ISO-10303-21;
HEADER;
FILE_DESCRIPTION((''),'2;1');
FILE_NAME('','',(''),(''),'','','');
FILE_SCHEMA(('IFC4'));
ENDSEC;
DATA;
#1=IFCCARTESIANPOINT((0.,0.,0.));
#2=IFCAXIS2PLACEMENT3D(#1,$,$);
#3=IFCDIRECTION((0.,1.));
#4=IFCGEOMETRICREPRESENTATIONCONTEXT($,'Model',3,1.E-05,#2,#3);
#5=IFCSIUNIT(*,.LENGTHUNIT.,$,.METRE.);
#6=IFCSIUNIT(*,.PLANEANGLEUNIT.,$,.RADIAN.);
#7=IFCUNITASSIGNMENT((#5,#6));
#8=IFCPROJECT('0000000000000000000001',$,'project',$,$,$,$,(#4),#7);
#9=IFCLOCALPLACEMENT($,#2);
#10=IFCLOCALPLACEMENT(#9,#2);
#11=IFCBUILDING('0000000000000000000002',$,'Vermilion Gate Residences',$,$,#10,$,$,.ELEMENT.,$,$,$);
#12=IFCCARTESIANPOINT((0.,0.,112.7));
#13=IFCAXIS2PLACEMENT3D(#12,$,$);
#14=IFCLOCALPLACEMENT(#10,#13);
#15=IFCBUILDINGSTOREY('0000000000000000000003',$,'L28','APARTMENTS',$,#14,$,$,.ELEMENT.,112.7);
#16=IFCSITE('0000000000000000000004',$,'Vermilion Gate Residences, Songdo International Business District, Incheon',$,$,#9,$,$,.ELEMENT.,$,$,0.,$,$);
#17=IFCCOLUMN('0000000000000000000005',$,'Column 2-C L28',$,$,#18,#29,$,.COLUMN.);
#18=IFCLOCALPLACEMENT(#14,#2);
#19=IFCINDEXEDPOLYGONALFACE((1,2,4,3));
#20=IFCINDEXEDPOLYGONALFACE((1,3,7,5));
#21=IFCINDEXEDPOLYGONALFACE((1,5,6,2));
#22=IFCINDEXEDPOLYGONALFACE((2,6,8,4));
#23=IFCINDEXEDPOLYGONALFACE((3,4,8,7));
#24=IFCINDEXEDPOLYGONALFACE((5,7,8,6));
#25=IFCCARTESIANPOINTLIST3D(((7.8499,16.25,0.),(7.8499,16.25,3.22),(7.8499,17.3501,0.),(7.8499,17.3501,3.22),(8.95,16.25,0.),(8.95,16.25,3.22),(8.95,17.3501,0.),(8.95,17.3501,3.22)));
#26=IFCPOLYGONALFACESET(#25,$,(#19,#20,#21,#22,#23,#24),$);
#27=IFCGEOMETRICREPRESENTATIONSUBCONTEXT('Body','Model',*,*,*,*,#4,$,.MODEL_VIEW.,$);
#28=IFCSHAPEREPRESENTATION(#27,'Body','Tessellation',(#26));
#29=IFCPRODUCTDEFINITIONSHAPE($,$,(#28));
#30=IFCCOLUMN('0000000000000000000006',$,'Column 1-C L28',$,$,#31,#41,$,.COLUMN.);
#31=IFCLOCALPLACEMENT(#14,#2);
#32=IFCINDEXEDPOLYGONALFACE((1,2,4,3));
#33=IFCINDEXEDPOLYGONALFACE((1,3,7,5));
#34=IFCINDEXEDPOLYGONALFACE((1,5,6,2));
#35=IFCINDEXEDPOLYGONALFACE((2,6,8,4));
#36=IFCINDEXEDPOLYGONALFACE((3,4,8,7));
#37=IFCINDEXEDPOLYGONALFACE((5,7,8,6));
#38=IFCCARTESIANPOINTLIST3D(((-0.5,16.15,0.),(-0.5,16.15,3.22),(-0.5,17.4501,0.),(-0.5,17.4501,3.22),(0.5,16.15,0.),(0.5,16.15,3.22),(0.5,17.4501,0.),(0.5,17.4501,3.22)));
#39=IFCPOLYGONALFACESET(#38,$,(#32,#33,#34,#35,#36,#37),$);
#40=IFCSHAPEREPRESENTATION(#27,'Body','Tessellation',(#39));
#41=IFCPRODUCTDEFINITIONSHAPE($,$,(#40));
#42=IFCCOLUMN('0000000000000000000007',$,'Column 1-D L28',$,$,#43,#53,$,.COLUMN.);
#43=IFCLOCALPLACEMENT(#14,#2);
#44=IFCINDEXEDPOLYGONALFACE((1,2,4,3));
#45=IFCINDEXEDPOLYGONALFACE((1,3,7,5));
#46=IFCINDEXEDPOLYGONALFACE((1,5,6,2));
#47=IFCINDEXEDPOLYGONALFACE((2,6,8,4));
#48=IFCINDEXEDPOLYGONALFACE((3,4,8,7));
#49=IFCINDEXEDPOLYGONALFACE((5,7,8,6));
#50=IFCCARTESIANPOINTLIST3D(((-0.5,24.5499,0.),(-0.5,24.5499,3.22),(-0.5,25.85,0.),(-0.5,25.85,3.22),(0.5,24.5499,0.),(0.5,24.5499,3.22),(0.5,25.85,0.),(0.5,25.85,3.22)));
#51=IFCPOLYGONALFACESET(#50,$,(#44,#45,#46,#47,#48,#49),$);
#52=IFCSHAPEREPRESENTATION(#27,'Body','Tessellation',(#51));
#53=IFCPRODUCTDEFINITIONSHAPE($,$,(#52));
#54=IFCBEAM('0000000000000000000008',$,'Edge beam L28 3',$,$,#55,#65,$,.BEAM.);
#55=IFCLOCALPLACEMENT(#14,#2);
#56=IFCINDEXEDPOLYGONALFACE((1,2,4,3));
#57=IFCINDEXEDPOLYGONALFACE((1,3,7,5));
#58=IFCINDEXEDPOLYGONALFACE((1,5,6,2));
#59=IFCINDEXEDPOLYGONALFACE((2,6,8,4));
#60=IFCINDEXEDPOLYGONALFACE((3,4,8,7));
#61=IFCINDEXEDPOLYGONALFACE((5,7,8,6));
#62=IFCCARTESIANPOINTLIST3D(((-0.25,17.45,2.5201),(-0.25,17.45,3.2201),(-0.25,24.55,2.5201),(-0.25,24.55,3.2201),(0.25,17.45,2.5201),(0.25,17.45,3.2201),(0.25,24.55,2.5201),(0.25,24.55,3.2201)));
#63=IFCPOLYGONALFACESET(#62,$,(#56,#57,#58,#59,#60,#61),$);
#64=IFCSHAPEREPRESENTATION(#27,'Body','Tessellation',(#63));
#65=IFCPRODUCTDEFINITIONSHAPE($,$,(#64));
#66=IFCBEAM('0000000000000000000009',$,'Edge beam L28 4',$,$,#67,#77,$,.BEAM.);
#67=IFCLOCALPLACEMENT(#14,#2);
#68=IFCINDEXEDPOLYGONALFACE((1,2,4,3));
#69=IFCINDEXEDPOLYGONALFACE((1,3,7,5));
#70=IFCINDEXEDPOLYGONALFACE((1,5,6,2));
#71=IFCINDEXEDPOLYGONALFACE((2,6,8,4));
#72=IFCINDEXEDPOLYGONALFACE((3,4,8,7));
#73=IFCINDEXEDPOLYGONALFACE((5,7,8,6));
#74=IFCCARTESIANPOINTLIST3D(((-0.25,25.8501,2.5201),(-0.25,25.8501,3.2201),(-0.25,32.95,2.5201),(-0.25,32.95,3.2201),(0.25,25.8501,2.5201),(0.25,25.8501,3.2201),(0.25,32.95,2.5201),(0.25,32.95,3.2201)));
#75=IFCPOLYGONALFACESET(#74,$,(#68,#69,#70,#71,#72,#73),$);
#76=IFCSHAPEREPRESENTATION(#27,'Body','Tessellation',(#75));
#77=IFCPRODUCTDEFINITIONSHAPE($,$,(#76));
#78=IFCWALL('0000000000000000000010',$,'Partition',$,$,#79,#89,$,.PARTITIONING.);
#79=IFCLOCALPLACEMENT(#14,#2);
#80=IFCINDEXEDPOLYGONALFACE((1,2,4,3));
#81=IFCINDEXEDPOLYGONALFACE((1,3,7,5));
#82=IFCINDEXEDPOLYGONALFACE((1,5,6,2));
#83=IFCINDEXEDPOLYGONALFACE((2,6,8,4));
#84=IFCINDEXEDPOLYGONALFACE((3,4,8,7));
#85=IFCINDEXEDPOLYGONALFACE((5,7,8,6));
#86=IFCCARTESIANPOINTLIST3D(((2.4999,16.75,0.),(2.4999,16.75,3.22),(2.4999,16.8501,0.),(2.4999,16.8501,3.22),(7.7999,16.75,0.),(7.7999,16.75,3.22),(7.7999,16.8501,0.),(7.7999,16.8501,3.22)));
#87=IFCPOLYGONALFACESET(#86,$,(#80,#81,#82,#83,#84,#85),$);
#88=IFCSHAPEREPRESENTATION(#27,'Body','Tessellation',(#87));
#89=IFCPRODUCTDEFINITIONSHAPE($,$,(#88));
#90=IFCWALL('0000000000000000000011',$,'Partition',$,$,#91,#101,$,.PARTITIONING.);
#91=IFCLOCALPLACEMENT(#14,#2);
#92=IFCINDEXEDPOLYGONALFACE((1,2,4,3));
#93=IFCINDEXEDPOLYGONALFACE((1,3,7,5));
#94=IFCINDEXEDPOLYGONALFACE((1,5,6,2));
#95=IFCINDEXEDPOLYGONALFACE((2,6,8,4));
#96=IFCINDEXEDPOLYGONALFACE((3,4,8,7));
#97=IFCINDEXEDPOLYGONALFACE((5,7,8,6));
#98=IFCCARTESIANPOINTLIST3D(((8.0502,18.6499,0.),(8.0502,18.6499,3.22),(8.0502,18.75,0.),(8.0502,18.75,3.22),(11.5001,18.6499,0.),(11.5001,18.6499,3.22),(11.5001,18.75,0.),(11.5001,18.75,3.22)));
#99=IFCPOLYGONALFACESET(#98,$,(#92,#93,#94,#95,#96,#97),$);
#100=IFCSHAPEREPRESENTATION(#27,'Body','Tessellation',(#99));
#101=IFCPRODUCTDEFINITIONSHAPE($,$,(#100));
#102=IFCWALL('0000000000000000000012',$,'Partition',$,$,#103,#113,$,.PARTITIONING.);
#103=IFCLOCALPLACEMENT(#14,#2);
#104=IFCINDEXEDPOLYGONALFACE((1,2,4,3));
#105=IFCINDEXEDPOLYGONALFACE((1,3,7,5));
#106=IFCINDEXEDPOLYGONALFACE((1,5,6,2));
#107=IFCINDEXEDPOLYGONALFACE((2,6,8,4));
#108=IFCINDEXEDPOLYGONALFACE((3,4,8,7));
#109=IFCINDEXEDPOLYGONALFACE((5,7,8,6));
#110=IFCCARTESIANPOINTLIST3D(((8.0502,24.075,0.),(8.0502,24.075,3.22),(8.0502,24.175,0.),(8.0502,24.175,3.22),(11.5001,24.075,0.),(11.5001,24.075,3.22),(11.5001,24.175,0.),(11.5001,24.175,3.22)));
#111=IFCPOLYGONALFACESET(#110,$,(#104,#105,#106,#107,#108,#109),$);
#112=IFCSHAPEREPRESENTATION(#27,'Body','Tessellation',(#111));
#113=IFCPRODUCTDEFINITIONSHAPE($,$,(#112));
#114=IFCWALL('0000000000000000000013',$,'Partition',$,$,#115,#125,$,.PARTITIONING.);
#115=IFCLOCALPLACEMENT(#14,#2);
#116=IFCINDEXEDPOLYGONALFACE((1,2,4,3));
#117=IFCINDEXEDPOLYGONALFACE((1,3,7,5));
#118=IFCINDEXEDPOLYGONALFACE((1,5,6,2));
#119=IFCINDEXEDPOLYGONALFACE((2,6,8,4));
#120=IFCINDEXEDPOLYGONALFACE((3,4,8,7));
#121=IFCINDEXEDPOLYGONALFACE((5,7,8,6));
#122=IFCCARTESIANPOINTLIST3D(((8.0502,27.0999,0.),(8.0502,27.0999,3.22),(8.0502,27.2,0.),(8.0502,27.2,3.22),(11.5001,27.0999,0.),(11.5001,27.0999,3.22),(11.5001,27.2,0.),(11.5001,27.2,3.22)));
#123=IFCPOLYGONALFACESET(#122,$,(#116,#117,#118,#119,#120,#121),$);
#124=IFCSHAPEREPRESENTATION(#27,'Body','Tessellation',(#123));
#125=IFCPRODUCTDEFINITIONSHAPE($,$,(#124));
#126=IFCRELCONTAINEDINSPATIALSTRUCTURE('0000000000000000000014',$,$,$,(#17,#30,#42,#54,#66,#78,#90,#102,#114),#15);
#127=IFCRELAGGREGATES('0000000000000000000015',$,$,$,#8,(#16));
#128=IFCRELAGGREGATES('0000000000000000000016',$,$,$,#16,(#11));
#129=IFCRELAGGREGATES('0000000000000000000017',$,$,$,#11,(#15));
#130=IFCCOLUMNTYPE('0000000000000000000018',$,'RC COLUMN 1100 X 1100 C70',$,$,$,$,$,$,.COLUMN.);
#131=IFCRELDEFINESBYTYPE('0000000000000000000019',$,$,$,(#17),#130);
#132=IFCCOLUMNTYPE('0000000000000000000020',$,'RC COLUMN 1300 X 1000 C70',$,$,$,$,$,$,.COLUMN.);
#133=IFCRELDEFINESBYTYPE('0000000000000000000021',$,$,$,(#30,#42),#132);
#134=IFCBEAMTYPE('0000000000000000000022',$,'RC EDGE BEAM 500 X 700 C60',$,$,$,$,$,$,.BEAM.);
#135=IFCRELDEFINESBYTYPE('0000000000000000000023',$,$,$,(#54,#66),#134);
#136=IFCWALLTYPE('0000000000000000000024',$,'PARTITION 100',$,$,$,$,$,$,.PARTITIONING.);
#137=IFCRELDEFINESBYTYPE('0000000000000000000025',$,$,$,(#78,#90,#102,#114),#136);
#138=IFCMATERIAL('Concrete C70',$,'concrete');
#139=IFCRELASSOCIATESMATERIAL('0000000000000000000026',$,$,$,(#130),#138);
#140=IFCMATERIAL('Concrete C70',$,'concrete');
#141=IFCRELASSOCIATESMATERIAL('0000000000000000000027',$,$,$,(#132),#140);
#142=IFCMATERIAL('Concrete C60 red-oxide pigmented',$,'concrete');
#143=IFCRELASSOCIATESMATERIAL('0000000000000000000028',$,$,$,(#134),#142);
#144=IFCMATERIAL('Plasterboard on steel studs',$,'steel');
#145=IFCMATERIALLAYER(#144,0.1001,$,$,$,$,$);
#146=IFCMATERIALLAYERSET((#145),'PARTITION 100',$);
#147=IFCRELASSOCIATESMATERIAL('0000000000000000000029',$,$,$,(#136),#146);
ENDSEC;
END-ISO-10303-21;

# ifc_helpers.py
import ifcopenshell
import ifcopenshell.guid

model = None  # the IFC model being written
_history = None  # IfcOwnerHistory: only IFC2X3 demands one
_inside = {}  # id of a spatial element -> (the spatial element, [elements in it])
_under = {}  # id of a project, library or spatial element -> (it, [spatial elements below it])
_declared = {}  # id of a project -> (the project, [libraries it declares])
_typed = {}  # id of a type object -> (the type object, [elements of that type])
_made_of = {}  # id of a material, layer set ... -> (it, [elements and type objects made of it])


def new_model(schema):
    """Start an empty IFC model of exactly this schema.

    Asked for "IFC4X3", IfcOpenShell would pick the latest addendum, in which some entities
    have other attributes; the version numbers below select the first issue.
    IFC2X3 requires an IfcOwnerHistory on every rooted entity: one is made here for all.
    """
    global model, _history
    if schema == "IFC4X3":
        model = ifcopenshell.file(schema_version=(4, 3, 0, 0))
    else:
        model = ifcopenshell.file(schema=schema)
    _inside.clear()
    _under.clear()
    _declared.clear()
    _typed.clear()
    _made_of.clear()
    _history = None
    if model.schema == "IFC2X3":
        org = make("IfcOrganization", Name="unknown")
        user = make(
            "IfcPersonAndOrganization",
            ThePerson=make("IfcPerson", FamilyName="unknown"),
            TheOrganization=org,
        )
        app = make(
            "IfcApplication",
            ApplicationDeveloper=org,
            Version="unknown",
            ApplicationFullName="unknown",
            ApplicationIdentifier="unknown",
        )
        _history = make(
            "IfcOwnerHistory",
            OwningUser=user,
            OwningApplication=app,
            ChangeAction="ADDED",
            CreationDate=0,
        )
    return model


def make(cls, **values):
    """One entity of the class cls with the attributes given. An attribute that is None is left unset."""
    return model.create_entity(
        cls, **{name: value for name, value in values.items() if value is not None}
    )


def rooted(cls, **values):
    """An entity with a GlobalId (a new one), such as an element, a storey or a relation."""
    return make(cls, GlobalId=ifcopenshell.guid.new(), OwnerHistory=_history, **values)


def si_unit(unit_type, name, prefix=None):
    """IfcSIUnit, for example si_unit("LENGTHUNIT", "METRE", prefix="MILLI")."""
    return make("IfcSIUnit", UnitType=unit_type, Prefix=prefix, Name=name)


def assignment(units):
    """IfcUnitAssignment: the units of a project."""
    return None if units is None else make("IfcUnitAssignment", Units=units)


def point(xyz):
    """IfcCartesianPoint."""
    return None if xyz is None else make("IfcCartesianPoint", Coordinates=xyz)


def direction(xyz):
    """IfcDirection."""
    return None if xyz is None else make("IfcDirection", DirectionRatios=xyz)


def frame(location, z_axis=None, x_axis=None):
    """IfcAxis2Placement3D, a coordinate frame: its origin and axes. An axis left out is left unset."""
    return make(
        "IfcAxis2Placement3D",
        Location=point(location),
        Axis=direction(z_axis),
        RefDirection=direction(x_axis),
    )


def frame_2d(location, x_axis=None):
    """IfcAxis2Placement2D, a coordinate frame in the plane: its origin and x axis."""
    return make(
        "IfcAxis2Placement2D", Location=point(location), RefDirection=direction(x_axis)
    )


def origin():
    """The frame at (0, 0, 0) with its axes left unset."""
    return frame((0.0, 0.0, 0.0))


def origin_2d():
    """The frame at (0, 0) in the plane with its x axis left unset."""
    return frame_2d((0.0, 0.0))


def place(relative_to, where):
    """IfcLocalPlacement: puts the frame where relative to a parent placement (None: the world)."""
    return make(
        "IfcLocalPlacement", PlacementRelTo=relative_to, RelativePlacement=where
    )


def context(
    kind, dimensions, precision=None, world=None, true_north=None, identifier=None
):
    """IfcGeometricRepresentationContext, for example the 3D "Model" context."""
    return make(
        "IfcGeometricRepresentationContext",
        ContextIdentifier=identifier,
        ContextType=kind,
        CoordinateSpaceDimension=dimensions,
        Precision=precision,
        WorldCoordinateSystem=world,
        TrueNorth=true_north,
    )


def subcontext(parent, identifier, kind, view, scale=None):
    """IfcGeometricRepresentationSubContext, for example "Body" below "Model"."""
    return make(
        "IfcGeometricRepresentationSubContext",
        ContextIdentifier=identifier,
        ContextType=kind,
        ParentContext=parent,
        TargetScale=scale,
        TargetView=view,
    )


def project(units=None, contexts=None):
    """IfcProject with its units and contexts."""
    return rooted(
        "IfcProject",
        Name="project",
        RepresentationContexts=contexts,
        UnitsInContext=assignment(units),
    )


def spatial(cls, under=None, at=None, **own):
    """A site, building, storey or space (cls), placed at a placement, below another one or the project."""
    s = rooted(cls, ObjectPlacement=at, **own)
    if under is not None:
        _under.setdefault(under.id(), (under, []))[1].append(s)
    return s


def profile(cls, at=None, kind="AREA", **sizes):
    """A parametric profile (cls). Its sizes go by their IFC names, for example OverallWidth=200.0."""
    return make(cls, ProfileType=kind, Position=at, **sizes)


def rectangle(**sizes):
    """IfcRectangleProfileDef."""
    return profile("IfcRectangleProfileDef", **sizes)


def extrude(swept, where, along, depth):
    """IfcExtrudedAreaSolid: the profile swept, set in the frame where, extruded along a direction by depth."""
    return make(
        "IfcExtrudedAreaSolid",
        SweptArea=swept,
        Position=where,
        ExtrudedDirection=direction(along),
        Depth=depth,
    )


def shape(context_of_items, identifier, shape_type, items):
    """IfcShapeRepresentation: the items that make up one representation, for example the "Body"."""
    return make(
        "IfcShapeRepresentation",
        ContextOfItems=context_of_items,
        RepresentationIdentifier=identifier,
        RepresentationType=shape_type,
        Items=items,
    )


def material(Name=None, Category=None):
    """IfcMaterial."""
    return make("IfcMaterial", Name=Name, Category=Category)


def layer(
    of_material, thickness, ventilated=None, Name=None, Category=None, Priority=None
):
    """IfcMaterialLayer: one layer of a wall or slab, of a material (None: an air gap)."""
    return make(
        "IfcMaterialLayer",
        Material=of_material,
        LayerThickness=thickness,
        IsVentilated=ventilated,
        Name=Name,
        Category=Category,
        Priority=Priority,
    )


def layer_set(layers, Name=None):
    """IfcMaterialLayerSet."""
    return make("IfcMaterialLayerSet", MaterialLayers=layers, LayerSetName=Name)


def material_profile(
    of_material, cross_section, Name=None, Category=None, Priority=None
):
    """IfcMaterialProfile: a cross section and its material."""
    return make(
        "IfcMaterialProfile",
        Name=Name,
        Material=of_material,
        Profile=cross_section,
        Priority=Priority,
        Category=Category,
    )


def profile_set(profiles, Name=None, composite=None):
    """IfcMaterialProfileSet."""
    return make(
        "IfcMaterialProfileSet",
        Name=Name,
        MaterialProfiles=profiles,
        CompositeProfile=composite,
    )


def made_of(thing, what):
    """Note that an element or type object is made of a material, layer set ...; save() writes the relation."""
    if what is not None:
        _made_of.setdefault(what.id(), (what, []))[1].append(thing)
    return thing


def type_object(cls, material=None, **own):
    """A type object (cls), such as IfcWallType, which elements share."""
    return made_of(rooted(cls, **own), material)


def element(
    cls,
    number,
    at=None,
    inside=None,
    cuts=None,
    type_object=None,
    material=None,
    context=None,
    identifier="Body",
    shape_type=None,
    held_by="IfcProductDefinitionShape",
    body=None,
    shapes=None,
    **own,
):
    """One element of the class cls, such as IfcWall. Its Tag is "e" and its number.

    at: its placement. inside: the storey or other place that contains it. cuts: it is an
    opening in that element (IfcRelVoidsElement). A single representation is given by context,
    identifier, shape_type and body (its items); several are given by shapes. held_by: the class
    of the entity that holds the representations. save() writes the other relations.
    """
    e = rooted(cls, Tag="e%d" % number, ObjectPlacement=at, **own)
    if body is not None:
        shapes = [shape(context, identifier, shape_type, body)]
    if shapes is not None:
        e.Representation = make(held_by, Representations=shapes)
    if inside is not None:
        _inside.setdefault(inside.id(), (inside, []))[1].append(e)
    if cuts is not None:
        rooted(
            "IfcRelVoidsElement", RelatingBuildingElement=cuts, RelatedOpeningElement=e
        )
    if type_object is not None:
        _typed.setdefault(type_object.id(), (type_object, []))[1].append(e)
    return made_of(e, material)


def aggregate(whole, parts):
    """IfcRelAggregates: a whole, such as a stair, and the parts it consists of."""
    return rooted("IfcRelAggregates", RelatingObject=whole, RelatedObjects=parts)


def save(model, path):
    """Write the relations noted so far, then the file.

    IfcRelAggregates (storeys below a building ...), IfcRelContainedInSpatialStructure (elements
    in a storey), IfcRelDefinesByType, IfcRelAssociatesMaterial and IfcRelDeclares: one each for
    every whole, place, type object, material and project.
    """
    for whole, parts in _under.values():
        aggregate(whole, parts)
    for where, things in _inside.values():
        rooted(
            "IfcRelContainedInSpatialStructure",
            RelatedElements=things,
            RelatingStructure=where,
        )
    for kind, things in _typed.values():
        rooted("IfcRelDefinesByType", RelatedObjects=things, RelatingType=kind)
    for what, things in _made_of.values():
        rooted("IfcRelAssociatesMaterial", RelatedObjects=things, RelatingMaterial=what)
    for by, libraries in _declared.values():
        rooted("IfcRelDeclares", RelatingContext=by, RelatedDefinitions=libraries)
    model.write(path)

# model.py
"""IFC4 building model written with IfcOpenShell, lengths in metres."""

from ifc_helpers import new_model, si_unit, direction, frame, frame_2d, origin, origin_2d, place, context, subcontext, project, spatial, rectangle, extrude, material, layer, layer_set, material_profile, profile_set, type_object, element, save


model = new_model("IFC4")

# Units and contexts
model_context = context("Model", 3, precision=1e-05, world=origin(), true_north=direction((0.0, 1.0)))
body_context = subcontext(model_context, "Body", "Model", "MODEL_VIEW")
ifc_project = project(units=[si_unit("LENGTHUNIT", "METRE"), si_unit("PLANEANGLEUNIT", "RADIAN")], contexts=[model_context])

# Site, building, storey
site_placement = place(None, origin())
site = spatial("IfcSite", under=ifc_project, at=site_placement, Name="Vermilion Gate Residences, Songdo International Business District, Incheon", CompositionType="ELEMENT", RefElevation=0.0)
building_placement = place(site_placement, origin())
building = spatial("IfcBuilding", under=site, at=building_placement, Name="Vermilion Gate Residences", CompositionType="ELEMENT")
storey_placement = place(building_placement, frame((0.0, 0.0, 112.7)))
storey = spatial("IfcBuildingStorey", under=building, at=storey_placement, Name="L28", Description="APARTMENTS", CompositionType="ELEMENT", Elevation=112.7)

# Columns
ifc_material_1 = material(Name="Concrete C70", Category="concrete")
ifc_material_profile_1 = material_profile(ifc_material_1, rectangle(XDim=1.1001, YDim=1.1001, at=origin_2d()), Name="RC-1100x1100")
ifc_profile_set_1 = profile_set([ifc_material_profile_1], Name="Concrete C70")
column_type_1 = type_object("IfcColumnType", Name="RC COLUMN 1100 X 1100 C70", PredefinedType="COLUMN", material=ifc_profile_set_1)
column_placement = place(storey_placement, frame((8.3999, 16.8, 0.0), z_axis=(0.0, 0.0, 1.0), x_axis=(1.0, 0.0, 0.0)))
element("IfcColumn", 1, at=column_placement, inside=storey, type_object=column_type_1, Name="Column 2-C L28", PredefinedType="COLUMN", context=body_context, shape_type="SweptSolid", body=[
    extrude(rectangle(XDim=1.1001, YDim=1.1001, at=origin_2d()), origin(), (0.0, 0.0, 1.0), 3.22),
])
ifc_material_2 = material(Name="Concrete C70", Category="concrete")
ifc_material_profile_2 = material_profile(ifc_material_2, rectangle(XDim=1.3, YDim=1.0, at=origin_2d()), Name="RC-1300x1000")
ifc_profile_set_2 = profile_set([ifc_material_profile_2], Name="Concrete C70")
column_type_2 = type_object("IfcColumnType", Name="RC COLUMN 1300 X 1000 C70", PredefinedType="COLUMN", material=ifc_profile_set_2)
for number, where, z_axis, x_axis, name in (
    (2, (0.0, 16.8, 0.0), (0.0, 0.0, 1.0), (0.0, 1.0, 0.0), "Column 1-C L28"),
    (3, (0.0, 25.2, 0.0), (0.0, 0.0, 1.0), (0.0, 1.0, 0.0), "Column 1-D L28"),
):
    element("IfcColumn", number, at=place(storey_placement, frame(where, z_axis=z_axis, x_axis=x_axis)), inside=storey, type_object=column_type_2, Name=name, PredefinedType="COLUMN", context=body_context, shape_type="SweptSolid", body=[
        extrude(rectangle(XDim=1.3, YDim=1.0, at=origin_2d()), origin(), (0.0, 0.0, 1.0), 3.22),
    ])

# Beams
ifc_material_3 = material(Name="Concrete C60 red-oxide pigmented", Category="concrete")
ifc_material_profile_3 = material_profile(ifc_material_3, rectangle(XDim=0.5, YDim=0.7, at=origin_2d()), Name="RC-500x700")
ifc_profile_set_3 = profile_set([ifc_material_profile_3], Name="Concrete C60 red-oxide pigmented")
beam_type = type_object("IfcBeamType", Name="RC EDGE BEAM 500 X 700 C60", PredefinedType="BEAM", material=ifc_profile_set_3)
beam_1_placement = place(storey_placement, frame((0.0, 17.45, 2.8701), z_axis=(0.0, 1.0, 0.0), x_axis=(-1.0, 0.0, 0.0)))
element("IfcBeam", 4, at=beam_1_placement, inside=storey, type_object=beam_type, Name="Edge beam L28 3", PredefinedType="BEAM", context=body_context, shape_type="SweptSolid", body=[
    extrude(rectangle(XDim=0.5, YDim=0.7, at=origin_2d()), origin(), (0.0, 0.0, 1.0), 7.1001),
])
beam_2_placement = place(storey_placement, frame((0.0, 25.8501, 2.8701), z_axis=(0.0, 1.0, 0.0), x_axis=(-1.0, 0.0, 0.0)))
element("IfcBeam", 5, at=beam_2_placement, inside=storey, type_object=beam_type, Name="Edge beam L28 4", PredefinedType="BEAM", context=body_context, shape_type="SweptSolid", body=[
    extrude(rectangle(XDim=0.5, YDim=0.7, at=origin_2d()), origin(), (0.0, 0.0, 1.0), 7.0999),
])

# Walls
ifc_material_4 = material(Name="Plasterboard on steel studs", Category="steel")
ifc_layer_1 = layer(ifc_material_4, 0.1001)
ifc_layer_set_1 = layer_set([ifc_layer_1], Name="PARTITION 100")
wall_type_1 = type_object("IfcWallType", Name="PARTITION 100", PredefinedType="PARTITIONING", material=ifc_layer_set_1)
wall_1_placement = place(storey_placement, frame((2.5, 16.8, 0.0), z_axis=(0.0, 0.0, 1.0), x_axis=(1.0, 0.0, 0.0)))
element("IfcWall", 6, at=wall_1_placement, inside=storey, type_object=wall_type_1, Name="Partition", PredefinedType="PARTITIONING", context=body_context, shape_type="SweptSolid", body=[
    extrude(rectangle(XDim=5.3, YDim=0.1001, at=frame_2d((2.6499, 0.0))), origin(), (0.0, 0.0, 1.0), 3.22),
])
for number, where, z_axis, x_axis, name in (
    (7, (8.05, 18.7, 0.0), (0.0, 0.0, 1.0), (1.0, 0.0, 0.0), "Partition"),
    (8, (8.05, 24.125, 0.0), (0.0, 0.0, 1.0), (1.0, 0.0, 0.0), "Partition"),
    (9, (8.05, 27.1499, 0.0), (0.0, 0.0, 1.0), (1.0, 0.0, 0.0), "Partition"),
):
    element("IfcWall", number, at=place(storey_placement, frame(where, z_axis=z_axis, x_axis=x_axis)), inside=storey, type_object=wall_type_1, Name=name, PredefinedType="PARTITIONING", context=body_context, shape_type="SweptSolid", body=[
        extrude(rectangle(XDim=3.45, YDim=0.1001, at=frame_2d((1.7251, 0.0))), origin(), (0.0, 0.0, 1.0), 3.22),
    ])

save(model, "model.ifc")
